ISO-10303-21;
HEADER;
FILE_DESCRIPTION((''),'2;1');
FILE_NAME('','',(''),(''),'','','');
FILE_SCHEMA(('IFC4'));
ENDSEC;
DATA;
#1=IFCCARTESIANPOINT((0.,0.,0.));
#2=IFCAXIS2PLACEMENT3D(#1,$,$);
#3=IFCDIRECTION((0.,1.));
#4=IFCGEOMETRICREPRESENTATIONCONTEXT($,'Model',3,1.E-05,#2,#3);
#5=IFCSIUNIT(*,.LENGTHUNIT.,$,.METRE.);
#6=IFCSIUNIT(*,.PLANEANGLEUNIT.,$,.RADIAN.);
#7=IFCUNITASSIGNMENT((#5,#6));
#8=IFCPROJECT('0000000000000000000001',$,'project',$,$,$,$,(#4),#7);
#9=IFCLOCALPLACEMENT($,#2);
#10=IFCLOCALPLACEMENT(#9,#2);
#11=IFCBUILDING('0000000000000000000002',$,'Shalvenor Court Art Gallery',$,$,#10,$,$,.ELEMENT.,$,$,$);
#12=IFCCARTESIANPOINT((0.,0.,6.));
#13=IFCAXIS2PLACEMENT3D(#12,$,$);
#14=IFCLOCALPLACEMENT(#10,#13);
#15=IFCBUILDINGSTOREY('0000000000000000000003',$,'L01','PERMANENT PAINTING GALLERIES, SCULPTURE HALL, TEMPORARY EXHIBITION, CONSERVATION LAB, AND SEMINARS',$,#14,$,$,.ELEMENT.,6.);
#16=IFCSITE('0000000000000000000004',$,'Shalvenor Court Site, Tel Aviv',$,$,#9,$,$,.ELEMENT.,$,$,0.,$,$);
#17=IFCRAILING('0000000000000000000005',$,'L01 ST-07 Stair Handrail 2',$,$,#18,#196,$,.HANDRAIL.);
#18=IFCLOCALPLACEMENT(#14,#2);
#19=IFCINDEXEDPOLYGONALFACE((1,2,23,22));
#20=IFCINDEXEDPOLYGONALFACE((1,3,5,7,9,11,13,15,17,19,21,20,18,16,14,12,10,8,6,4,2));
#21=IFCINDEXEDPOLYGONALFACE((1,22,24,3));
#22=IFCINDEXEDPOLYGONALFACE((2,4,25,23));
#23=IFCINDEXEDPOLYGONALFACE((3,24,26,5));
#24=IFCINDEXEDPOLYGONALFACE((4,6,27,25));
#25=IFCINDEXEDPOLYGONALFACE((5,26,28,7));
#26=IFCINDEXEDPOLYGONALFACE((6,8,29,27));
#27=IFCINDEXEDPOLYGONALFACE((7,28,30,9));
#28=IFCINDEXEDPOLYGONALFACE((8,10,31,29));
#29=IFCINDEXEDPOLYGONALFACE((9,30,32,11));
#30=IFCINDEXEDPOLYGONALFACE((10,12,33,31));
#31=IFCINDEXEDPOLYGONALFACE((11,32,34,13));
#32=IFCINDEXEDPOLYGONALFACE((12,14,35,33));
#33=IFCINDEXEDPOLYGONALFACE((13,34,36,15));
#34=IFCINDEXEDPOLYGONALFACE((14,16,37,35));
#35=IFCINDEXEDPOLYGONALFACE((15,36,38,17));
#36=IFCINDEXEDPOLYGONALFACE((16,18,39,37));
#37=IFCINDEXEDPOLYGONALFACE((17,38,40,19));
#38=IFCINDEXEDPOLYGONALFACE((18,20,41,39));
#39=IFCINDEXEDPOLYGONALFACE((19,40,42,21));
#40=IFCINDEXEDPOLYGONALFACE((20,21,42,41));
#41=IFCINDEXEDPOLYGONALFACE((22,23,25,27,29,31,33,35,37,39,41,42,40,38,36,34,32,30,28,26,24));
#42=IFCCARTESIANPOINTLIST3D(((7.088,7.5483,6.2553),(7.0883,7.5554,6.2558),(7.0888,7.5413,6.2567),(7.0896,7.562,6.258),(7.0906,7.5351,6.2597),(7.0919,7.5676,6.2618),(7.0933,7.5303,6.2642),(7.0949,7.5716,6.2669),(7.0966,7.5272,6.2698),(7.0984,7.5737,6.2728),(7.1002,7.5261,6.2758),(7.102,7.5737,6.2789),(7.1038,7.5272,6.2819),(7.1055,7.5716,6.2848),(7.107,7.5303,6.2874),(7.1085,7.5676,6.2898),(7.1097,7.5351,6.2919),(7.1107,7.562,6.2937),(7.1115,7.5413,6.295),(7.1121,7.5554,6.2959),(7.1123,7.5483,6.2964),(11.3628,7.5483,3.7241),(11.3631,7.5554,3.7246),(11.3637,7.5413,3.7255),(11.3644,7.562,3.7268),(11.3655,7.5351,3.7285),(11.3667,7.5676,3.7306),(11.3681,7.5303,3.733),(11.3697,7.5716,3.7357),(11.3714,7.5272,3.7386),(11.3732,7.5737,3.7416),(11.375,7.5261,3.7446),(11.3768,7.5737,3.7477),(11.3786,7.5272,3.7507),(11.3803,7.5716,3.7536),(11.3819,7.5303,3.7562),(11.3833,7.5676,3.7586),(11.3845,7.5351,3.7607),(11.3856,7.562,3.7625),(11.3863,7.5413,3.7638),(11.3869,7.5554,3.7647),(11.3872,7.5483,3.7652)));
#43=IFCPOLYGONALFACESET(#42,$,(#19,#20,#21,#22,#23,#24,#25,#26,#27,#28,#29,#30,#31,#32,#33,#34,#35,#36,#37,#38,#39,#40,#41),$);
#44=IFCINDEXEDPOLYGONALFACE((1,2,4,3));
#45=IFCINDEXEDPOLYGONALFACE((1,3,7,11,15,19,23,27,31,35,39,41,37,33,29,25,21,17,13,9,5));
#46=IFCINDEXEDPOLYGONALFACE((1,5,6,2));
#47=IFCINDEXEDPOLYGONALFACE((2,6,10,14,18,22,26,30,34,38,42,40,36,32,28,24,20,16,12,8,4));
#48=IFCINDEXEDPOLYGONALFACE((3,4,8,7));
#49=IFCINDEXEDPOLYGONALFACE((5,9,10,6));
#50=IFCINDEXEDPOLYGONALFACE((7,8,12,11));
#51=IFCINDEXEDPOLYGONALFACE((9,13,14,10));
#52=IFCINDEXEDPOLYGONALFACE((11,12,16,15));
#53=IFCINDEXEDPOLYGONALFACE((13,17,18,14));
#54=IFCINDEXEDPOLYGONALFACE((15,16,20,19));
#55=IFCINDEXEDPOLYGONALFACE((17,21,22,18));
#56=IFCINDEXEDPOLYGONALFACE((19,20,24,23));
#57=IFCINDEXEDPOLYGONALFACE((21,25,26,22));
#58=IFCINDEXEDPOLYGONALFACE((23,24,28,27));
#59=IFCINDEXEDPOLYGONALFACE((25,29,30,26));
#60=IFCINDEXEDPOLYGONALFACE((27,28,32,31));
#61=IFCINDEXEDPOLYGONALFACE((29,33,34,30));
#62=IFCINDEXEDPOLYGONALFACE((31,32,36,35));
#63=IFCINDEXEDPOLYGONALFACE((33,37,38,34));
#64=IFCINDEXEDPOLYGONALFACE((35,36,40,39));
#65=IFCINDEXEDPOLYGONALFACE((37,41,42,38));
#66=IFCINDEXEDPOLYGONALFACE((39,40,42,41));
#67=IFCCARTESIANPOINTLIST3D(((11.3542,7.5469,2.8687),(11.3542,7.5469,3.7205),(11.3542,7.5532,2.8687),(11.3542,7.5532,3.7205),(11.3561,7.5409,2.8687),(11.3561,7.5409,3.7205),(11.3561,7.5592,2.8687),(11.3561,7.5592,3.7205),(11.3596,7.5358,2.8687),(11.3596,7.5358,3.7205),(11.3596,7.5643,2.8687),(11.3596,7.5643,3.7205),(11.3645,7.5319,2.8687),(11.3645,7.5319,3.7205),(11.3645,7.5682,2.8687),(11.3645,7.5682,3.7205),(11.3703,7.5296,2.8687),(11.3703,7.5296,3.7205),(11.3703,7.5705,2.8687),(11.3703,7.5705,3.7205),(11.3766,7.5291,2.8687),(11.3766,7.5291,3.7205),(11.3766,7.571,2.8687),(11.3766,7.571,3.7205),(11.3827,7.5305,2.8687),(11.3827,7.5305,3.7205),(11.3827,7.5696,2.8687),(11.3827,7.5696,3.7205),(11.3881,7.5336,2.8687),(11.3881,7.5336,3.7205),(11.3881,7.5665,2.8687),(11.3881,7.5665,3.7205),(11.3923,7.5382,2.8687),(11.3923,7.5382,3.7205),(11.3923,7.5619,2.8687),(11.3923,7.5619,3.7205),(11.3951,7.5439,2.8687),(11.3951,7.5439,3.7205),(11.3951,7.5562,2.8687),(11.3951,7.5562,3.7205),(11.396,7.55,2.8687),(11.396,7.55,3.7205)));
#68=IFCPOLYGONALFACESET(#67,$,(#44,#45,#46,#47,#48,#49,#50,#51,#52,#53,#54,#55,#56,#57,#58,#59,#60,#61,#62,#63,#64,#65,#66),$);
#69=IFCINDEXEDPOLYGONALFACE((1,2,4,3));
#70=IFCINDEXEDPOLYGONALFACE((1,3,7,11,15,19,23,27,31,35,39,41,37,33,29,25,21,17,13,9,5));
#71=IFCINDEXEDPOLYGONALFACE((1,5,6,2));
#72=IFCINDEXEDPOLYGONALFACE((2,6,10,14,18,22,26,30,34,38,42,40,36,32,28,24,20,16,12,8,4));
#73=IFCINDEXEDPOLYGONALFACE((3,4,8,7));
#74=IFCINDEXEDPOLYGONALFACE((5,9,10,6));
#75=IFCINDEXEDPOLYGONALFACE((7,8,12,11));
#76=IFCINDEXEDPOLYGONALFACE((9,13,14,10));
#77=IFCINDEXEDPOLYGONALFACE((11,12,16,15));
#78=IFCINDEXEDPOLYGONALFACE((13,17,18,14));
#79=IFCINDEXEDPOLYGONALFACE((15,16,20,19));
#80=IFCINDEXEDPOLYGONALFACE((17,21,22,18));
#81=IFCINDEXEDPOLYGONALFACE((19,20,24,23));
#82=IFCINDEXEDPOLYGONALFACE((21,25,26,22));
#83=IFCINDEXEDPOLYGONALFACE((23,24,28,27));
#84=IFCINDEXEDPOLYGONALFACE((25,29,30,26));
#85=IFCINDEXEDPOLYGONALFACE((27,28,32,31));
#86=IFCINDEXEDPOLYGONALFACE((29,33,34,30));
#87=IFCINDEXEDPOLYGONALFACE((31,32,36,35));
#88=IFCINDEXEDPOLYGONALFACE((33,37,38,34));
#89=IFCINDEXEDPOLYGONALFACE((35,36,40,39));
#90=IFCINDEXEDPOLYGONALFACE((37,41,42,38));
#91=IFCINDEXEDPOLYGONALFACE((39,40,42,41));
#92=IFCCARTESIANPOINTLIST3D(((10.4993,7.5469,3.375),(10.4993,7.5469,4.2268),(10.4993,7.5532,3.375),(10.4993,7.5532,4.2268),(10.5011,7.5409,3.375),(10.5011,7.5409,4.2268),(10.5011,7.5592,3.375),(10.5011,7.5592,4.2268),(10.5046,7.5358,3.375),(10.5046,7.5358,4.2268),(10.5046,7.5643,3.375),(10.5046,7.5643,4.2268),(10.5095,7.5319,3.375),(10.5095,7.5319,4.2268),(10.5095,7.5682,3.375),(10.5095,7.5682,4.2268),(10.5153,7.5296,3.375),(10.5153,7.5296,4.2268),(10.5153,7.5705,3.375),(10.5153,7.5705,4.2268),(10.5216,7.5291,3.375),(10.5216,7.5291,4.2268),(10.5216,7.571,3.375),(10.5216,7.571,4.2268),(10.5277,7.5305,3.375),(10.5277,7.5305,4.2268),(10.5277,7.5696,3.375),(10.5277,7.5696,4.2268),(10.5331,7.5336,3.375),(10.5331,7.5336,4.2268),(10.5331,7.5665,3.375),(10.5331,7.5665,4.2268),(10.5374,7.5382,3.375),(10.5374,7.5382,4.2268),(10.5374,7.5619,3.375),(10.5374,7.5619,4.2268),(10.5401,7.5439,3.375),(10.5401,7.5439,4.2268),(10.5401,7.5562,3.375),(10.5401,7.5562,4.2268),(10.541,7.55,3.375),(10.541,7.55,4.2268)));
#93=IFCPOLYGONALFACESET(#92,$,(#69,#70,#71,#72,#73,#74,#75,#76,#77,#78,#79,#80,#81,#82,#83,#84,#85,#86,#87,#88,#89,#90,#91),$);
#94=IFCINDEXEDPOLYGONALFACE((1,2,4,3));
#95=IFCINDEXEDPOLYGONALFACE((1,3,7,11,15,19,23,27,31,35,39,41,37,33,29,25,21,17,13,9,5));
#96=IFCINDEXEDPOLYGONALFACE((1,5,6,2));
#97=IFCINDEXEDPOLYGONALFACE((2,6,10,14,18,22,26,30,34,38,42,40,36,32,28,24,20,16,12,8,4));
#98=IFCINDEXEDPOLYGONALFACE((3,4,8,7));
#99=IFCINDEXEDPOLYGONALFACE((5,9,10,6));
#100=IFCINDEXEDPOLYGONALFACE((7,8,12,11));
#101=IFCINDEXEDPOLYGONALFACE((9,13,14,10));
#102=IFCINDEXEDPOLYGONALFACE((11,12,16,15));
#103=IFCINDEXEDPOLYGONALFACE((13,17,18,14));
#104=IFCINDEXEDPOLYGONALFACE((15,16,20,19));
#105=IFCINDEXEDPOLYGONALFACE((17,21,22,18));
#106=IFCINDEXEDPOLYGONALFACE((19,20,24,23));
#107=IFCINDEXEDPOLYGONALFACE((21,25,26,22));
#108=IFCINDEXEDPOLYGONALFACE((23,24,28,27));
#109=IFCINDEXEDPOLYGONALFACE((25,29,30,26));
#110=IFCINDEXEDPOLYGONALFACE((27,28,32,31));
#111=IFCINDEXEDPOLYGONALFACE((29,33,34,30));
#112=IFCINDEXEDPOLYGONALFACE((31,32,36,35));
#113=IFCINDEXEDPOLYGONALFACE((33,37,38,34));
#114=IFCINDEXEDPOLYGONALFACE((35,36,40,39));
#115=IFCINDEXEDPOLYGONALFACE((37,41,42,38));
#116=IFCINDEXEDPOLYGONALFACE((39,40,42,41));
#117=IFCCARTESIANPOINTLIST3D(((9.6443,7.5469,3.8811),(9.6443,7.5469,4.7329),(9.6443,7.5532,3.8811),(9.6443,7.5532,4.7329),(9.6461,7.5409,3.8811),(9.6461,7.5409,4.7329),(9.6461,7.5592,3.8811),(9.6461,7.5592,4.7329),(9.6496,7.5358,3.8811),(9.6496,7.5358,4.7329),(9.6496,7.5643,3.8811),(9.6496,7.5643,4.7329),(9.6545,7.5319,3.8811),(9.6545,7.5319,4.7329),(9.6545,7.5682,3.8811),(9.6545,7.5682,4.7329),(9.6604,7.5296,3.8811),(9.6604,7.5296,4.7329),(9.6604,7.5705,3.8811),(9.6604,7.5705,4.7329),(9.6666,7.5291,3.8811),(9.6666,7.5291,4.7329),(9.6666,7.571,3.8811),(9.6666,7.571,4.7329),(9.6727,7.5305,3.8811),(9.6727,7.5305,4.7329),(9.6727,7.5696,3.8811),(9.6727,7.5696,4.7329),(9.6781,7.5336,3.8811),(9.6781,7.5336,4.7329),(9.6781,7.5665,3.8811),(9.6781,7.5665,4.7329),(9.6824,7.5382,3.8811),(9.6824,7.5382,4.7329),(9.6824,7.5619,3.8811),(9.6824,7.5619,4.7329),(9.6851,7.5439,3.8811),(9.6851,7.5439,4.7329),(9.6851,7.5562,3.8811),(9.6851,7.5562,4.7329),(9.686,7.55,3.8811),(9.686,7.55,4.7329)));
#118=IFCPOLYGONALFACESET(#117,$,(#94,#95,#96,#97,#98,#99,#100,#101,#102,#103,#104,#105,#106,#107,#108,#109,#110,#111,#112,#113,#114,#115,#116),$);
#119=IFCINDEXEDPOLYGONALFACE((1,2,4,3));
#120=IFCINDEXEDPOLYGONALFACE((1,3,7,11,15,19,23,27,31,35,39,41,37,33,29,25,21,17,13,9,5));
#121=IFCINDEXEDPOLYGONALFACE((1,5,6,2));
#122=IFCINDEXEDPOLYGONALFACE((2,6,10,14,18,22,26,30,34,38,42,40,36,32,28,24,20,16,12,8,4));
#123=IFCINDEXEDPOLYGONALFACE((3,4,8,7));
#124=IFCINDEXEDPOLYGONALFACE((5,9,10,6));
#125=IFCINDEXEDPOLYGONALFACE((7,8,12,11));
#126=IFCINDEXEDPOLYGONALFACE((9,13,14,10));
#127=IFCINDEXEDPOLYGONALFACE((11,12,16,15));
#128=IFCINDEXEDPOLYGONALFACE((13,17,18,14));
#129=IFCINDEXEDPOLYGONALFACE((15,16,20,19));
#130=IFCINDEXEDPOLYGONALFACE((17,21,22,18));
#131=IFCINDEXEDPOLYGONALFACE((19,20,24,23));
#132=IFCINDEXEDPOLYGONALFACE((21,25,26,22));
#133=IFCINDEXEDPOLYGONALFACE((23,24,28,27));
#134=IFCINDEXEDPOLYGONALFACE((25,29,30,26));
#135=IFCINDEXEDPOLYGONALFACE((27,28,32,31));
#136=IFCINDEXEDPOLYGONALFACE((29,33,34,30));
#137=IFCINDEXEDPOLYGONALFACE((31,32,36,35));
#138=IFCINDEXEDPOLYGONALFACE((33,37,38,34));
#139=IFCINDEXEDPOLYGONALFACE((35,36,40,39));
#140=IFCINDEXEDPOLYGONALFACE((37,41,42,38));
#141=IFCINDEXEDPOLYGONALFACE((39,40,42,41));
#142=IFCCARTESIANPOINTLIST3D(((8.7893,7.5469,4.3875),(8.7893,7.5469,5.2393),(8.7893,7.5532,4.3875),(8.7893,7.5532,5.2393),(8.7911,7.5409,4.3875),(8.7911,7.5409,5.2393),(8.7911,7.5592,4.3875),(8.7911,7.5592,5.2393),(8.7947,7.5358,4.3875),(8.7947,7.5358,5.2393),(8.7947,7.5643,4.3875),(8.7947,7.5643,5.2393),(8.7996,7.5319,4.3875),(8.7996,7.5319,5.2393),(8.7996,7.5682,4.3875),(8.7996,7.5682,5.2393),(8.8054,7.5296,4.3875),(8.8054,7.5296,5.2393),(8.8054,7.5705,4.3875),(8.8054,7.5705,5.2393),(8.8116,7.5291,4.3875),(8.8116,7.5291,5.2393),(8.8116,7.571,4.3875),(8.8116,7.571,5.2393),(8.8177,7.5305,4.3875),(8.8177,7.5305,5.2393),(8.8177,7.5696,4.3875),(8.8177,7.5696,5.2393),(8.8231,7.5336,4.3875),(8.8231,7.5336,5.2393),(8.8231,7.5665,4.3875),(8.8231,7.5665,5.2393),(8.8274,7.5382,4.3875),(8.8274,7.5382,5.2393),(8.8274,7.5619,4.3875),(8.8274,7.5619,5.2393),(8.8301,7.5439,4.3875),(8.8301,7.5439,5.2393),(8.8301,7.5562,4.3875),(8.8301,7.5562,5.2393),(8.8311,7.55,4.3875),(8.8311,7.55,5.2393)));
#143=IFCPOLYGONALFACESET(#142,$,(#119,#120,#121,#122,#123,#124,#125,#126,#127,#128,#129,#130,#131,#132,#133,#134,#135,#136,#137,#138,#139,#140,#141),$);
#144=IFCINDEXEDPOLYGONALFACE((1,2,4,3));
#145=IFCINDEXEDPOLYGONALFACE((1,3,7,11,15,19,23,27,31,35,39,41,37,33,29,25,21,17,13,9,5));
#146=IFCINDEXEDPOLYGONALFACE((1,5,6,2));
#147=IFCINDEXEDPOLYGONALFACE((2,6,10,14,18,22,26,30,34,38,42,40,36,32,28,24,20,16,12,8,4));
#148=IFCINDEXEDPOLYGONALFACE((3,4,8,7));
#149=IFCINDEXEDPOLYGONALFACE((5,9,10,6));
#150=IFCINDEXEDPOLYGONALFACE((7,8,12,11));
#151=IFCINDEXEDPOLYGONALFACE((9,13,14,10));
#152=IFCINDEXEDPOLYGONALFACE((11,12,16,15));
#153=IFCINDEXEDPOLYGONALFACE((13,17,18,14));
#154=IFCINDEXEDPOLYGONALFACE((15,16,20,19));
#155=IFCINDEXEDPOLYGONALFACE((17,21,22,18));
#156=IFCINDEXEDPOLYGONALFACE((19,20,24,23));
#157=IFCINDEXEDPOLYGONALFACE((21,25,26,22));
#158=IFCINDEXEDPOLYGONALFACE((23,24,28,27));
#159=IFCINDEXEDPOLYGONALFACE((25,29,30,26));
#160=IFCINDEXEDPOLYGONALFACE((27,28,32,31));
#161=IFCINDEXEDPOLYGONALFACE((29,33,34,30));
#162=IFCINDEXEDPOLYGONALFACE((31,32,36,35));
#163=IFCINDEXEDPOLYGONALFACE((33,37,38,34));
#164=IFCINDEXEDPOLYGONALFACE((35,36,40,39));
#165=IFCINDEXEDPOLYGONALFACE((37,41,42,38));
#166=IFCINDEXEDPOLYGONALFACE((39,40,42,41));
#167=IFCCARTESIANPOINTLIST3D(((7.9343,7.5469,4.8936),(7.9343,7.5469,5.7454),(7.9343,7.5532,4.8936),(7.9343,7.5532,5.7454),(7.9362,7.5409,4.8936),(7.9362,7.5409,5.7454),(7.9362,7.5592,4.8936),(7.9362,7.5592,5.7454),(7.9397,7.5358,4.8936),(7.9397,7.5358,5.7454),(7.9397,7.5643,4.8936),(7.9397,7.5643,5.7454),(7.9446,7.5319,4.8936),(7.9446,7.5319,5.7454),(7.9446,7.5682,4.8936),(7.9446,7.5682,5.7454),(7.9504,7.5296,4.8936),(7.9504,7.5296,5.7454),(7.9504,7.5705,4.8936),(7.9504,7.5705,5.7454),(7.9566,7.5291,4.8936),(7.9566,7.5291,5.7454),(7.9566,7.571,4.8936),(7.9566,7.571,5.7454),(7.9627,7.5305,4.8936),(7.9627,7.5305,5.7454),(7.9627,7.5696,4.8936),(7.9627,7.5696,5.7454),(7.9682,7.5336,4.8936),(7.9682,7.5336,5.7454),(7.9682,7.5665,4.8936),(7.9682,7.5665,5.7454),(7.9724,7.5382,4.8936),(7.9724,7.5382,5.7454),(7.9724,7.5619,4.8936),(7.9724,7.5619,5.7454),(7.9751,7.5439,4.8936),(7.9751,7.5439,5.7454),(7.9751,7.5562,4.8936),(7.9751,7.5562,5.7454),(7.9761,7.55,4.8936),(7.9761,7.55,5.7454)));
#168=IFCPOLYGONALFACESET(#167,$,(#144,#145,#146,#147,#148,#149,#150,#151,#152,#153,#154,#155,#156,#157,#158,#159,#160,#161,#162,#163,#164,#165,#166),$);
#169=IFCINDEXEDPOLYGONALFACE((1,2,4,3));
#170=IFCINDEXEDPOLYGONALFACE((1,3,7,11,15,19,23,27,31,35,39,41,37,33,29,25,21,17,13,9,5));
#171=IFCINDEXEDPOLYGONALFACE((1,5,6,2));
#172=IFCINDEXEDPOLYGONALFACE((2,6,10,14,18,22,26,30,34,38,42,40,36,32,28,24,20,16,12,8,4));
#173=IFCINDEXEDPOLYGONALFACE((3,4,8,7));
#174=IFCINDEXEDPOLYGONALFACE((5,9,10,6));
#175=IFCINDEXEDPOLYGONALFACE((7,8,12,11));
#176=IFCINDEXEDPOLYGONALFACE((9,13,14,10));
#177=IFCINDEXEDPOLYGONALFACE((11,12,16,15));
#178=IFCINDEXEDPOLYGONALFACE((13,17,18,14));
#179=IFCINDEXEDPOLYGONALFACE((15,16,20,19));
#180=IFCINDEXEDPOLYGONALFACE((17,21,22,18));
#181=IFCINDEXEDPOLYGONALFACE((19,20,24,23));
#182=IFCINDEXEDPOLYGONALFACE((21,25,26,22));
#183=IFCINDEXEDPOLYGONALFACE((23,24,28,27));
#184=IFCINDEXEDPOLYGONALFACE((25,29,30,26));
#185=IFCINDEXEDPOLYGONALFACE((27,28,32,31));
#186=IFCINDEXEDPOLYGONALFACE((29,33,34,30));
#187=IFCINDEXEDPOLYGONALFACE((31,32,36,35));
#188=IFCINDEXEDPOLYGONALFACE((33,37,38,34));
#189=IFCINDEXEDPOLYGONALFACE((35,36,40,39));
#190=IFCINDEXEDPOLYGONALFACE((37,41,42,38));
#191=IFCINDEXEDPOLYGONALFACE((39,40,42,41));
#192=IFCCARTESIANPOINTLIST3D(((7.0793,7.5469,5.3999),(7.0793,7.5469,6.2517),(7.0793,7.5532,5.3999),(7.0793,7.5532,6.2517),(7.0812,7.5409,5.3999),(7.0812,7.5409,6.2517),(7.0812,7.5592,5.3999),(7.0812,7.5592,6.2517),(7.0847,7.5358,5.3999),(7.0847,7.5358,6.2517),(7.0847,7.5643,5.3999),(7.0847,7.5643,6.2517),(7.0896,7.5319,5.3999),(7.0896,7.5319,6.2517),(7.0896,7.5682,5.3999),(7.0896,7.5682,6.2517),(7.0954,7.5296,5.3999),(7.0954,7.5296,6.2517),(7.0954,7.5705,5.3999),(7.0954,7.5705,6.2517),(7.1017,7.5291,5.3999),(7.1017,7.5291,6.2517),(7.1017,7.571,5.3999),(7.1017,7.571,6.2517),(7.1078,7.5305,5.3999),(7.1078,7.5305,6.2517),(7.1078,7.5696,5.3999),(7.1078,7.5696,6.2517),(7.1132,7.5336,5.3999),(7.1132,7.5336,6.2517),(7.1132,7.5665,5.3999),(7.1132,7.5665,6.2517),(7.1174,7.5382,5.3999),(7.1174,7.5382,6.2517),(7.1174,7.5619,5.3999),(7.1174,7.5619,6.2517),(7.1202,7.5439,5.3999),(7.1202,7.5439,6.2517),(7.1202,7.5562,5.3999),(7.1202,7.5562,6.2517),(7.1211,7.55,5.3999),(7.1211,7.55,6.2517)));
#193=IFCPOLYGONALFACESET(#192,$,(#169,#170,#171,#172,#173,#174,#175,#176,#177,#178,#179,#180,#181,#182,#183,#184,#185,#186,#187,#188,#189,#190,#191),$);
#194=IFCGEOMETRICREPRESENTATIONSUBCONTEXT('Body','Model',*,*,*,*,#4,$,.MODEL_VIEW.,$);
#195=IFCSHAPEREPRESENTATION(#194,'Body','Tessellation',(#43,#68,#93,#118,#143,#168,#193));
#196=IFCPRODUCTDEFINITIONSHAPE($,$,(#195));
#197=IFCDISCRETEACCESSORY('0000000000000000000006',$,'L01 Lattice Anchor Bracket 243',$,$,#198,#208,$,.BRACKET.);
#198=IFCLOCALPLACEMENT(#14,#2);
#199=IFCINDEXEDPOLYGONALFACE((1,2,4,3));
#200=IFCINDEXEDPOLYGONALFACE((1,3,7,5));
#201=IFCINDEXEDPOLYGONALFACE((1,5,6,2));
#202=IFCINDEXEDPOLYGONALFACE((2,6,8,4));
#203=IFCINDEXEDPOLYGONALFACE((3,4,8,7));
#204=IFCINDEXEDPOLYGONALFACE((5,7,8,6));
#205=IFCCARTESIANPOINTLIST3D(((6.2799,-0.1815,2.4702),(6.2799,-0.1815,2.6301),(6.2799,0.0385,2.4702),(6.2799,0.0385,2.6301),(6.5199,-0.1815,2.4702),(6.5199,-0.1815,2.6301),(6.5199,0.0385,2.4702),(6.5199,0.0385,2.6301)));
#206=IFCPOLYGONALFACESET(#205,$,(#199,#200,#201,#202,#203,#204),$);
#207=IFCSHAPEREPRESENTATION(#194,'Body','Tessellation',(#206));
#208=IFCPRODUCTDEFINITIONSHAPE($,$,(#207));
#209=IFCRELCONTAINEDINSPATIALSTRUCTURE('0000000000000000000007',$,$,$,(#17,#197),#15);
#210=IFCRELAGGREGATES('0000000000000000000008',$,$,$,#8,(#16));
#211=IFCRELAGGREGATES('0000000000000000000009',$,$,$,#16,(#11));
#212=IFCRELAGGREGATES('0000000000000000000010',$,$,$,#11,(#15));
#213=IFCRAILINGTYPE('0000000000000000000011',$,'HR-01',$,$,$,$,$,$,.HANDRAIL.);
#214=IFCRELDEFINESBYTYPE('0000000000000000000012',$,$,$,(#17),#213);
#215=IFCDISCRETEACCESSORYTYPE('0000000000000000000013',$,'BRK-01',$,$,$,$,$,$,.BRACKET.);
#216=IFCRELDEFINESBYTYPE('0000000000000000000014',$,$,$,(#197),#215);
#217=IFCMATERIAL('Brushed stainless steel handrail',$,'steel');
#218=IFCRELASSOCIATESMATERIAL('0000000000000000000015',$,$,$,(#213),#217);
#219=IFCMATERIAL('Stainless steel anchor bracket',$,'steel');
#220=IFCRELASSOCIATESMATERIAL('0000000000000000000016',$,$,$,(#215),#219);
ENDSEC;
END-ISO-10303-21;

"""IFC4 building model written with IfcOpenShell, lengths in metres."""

from ifc_helpers import new_model, si_unit, direction, frame, origin, origin_2d, place, context, subcontext, project, spatial, rectangle, circle, extrude, material, type_object, element, save


model = new_model("IFC4")

# Units and contexts
model_context = context("Model", 3, precision=1e-05, world=origin(), true_north=direction((0.0, 1.0)))
body_context = subcontext(model_context, "Body", "Model", "MODEL_VIEW")
ifc_project = project(units=[si_unit("LENGTHUNIT", "METRE"), si_unit("PLANEANGLEUNIT", "RADIAN")], contexts=[model_context])

# Site, building, storey
site_placement = place(None, origin())
site = spatial("IfcSite", under=ifc_project, at=site_placement, Name="Shalvenor Court Site, Tel Aviv", CompositionType="ELEMENT", RefElevation=0.0)
building_placement = place(site_placement, origin())
building = spatial("IfcBuilding", under=site, at=building_placement, Name="Shalvenor Court Art Gallery", CompositionType="ELEMENT")
storey_placement = place(building_placement, frame((0.0, 0.0, 6.0)))
storey = spatial("IfcBuildingStorey", under=building, at=storey_placement, Name="L01", Description="PERMANENT PAINTING GALLERIES, SCULPTURE HALL, TEMPORARY EXHIBITION, CONSERVATION LAB, AND SEMINARS", CompositionType="ELEMENT", Elevation=6.0)

# Railing
ifc_material_1 = material(Name="Brushed stainless steel handrail", Category="steel")
railing_type_1 = type_object("IfcRailingType", Name="HR-01", PredefinedType="HANDRAIL", material=ifc_material_1)
railing_1_placement = place(storey_placement, frame((11.375, 7.55, 2.8687)))
element("IfcRailing", 1, at=railing_1_placement, inside=storey, type_object=railing_type_1, Name="L01 ST-07 Stair Handrail 2", PredefinedType="HANDRAIL", context=body_context, shape_type="SweptSolid", body=[
    extrude(circle(Radius=0.0239, at=origin_2d()), frame((0.0, 0.0, 0.876), z_axis=(-0.86047, 0.0, 0.509501), x_axis=(0.0, -1.0, 0.0)), (0.0, 0.0, 1.0), 4.968),
    extrude(circle(Radius=0.021, at=origin_2d()), origin(), (0.0, 0.0, 1.0), 0.8518),
    extrude(circle(Radius=0.021, at=origin_2d()), frame((-0.855, 0.0, 0.5063)), (0.0, 0.0, 1.0), 0.8518),
    extrude(circle(Radius=0.021, at=origin_2d()), frame((-1.71, 0.0, 1.0125)), (0.0, 0.0, 1.0), 0.8518),
    extrude(circle(Radius=0.021, at=origin_2d()), frame((-2.5649, 0.0, 1.5188)), (0.0, 0.0, 1.0), 0.8518),
    extrude(circle(Radius=0.021, at=origin_2d()), frame((-3.4199, 0.0, 2.0249)), (0.0, 0.0, 1.0), 0.8518),
    extrude(circle(Radius=0.021, at=origin_2d()), frame((-4.2749, 0.0, 2.5312)), (0.0, 0.0, 1.0), 0.8518),
])

# Discrete accessory
ifc_material_2 = material(Name="Stainless steel anchor bracket", Category="steel")
discrete_accessory_type = type_object("IfcDiscreteAccessoryType", Name="BRK-01", PredefinedType="BRACKET", material=ifc_material_2)
discrete_accessory_placement = place(storey_placement, frame((6.3999, -0.0715, 2.4702), z_axis=(0.0, 0.0, 1.0), x_axis=(-1.0, 0.0, 0.0)))
element("IfcDiscreteAccessory", 2, at=discrete_accessory_placement, inside=storey, type_object=discrete_accessory_type, Name="L01 Lattice Anchor Bracket 243", PredefinedType="BRACKET", context=body_context, shape_type="SweptSolid", body=[
    extrude(rectangle(XDim=0.24, YDim=0.22, at=origin_2d()), origin(), (0.0, 0.0, 1.0), 0.1599),
])

save(model, "model.ifc")
